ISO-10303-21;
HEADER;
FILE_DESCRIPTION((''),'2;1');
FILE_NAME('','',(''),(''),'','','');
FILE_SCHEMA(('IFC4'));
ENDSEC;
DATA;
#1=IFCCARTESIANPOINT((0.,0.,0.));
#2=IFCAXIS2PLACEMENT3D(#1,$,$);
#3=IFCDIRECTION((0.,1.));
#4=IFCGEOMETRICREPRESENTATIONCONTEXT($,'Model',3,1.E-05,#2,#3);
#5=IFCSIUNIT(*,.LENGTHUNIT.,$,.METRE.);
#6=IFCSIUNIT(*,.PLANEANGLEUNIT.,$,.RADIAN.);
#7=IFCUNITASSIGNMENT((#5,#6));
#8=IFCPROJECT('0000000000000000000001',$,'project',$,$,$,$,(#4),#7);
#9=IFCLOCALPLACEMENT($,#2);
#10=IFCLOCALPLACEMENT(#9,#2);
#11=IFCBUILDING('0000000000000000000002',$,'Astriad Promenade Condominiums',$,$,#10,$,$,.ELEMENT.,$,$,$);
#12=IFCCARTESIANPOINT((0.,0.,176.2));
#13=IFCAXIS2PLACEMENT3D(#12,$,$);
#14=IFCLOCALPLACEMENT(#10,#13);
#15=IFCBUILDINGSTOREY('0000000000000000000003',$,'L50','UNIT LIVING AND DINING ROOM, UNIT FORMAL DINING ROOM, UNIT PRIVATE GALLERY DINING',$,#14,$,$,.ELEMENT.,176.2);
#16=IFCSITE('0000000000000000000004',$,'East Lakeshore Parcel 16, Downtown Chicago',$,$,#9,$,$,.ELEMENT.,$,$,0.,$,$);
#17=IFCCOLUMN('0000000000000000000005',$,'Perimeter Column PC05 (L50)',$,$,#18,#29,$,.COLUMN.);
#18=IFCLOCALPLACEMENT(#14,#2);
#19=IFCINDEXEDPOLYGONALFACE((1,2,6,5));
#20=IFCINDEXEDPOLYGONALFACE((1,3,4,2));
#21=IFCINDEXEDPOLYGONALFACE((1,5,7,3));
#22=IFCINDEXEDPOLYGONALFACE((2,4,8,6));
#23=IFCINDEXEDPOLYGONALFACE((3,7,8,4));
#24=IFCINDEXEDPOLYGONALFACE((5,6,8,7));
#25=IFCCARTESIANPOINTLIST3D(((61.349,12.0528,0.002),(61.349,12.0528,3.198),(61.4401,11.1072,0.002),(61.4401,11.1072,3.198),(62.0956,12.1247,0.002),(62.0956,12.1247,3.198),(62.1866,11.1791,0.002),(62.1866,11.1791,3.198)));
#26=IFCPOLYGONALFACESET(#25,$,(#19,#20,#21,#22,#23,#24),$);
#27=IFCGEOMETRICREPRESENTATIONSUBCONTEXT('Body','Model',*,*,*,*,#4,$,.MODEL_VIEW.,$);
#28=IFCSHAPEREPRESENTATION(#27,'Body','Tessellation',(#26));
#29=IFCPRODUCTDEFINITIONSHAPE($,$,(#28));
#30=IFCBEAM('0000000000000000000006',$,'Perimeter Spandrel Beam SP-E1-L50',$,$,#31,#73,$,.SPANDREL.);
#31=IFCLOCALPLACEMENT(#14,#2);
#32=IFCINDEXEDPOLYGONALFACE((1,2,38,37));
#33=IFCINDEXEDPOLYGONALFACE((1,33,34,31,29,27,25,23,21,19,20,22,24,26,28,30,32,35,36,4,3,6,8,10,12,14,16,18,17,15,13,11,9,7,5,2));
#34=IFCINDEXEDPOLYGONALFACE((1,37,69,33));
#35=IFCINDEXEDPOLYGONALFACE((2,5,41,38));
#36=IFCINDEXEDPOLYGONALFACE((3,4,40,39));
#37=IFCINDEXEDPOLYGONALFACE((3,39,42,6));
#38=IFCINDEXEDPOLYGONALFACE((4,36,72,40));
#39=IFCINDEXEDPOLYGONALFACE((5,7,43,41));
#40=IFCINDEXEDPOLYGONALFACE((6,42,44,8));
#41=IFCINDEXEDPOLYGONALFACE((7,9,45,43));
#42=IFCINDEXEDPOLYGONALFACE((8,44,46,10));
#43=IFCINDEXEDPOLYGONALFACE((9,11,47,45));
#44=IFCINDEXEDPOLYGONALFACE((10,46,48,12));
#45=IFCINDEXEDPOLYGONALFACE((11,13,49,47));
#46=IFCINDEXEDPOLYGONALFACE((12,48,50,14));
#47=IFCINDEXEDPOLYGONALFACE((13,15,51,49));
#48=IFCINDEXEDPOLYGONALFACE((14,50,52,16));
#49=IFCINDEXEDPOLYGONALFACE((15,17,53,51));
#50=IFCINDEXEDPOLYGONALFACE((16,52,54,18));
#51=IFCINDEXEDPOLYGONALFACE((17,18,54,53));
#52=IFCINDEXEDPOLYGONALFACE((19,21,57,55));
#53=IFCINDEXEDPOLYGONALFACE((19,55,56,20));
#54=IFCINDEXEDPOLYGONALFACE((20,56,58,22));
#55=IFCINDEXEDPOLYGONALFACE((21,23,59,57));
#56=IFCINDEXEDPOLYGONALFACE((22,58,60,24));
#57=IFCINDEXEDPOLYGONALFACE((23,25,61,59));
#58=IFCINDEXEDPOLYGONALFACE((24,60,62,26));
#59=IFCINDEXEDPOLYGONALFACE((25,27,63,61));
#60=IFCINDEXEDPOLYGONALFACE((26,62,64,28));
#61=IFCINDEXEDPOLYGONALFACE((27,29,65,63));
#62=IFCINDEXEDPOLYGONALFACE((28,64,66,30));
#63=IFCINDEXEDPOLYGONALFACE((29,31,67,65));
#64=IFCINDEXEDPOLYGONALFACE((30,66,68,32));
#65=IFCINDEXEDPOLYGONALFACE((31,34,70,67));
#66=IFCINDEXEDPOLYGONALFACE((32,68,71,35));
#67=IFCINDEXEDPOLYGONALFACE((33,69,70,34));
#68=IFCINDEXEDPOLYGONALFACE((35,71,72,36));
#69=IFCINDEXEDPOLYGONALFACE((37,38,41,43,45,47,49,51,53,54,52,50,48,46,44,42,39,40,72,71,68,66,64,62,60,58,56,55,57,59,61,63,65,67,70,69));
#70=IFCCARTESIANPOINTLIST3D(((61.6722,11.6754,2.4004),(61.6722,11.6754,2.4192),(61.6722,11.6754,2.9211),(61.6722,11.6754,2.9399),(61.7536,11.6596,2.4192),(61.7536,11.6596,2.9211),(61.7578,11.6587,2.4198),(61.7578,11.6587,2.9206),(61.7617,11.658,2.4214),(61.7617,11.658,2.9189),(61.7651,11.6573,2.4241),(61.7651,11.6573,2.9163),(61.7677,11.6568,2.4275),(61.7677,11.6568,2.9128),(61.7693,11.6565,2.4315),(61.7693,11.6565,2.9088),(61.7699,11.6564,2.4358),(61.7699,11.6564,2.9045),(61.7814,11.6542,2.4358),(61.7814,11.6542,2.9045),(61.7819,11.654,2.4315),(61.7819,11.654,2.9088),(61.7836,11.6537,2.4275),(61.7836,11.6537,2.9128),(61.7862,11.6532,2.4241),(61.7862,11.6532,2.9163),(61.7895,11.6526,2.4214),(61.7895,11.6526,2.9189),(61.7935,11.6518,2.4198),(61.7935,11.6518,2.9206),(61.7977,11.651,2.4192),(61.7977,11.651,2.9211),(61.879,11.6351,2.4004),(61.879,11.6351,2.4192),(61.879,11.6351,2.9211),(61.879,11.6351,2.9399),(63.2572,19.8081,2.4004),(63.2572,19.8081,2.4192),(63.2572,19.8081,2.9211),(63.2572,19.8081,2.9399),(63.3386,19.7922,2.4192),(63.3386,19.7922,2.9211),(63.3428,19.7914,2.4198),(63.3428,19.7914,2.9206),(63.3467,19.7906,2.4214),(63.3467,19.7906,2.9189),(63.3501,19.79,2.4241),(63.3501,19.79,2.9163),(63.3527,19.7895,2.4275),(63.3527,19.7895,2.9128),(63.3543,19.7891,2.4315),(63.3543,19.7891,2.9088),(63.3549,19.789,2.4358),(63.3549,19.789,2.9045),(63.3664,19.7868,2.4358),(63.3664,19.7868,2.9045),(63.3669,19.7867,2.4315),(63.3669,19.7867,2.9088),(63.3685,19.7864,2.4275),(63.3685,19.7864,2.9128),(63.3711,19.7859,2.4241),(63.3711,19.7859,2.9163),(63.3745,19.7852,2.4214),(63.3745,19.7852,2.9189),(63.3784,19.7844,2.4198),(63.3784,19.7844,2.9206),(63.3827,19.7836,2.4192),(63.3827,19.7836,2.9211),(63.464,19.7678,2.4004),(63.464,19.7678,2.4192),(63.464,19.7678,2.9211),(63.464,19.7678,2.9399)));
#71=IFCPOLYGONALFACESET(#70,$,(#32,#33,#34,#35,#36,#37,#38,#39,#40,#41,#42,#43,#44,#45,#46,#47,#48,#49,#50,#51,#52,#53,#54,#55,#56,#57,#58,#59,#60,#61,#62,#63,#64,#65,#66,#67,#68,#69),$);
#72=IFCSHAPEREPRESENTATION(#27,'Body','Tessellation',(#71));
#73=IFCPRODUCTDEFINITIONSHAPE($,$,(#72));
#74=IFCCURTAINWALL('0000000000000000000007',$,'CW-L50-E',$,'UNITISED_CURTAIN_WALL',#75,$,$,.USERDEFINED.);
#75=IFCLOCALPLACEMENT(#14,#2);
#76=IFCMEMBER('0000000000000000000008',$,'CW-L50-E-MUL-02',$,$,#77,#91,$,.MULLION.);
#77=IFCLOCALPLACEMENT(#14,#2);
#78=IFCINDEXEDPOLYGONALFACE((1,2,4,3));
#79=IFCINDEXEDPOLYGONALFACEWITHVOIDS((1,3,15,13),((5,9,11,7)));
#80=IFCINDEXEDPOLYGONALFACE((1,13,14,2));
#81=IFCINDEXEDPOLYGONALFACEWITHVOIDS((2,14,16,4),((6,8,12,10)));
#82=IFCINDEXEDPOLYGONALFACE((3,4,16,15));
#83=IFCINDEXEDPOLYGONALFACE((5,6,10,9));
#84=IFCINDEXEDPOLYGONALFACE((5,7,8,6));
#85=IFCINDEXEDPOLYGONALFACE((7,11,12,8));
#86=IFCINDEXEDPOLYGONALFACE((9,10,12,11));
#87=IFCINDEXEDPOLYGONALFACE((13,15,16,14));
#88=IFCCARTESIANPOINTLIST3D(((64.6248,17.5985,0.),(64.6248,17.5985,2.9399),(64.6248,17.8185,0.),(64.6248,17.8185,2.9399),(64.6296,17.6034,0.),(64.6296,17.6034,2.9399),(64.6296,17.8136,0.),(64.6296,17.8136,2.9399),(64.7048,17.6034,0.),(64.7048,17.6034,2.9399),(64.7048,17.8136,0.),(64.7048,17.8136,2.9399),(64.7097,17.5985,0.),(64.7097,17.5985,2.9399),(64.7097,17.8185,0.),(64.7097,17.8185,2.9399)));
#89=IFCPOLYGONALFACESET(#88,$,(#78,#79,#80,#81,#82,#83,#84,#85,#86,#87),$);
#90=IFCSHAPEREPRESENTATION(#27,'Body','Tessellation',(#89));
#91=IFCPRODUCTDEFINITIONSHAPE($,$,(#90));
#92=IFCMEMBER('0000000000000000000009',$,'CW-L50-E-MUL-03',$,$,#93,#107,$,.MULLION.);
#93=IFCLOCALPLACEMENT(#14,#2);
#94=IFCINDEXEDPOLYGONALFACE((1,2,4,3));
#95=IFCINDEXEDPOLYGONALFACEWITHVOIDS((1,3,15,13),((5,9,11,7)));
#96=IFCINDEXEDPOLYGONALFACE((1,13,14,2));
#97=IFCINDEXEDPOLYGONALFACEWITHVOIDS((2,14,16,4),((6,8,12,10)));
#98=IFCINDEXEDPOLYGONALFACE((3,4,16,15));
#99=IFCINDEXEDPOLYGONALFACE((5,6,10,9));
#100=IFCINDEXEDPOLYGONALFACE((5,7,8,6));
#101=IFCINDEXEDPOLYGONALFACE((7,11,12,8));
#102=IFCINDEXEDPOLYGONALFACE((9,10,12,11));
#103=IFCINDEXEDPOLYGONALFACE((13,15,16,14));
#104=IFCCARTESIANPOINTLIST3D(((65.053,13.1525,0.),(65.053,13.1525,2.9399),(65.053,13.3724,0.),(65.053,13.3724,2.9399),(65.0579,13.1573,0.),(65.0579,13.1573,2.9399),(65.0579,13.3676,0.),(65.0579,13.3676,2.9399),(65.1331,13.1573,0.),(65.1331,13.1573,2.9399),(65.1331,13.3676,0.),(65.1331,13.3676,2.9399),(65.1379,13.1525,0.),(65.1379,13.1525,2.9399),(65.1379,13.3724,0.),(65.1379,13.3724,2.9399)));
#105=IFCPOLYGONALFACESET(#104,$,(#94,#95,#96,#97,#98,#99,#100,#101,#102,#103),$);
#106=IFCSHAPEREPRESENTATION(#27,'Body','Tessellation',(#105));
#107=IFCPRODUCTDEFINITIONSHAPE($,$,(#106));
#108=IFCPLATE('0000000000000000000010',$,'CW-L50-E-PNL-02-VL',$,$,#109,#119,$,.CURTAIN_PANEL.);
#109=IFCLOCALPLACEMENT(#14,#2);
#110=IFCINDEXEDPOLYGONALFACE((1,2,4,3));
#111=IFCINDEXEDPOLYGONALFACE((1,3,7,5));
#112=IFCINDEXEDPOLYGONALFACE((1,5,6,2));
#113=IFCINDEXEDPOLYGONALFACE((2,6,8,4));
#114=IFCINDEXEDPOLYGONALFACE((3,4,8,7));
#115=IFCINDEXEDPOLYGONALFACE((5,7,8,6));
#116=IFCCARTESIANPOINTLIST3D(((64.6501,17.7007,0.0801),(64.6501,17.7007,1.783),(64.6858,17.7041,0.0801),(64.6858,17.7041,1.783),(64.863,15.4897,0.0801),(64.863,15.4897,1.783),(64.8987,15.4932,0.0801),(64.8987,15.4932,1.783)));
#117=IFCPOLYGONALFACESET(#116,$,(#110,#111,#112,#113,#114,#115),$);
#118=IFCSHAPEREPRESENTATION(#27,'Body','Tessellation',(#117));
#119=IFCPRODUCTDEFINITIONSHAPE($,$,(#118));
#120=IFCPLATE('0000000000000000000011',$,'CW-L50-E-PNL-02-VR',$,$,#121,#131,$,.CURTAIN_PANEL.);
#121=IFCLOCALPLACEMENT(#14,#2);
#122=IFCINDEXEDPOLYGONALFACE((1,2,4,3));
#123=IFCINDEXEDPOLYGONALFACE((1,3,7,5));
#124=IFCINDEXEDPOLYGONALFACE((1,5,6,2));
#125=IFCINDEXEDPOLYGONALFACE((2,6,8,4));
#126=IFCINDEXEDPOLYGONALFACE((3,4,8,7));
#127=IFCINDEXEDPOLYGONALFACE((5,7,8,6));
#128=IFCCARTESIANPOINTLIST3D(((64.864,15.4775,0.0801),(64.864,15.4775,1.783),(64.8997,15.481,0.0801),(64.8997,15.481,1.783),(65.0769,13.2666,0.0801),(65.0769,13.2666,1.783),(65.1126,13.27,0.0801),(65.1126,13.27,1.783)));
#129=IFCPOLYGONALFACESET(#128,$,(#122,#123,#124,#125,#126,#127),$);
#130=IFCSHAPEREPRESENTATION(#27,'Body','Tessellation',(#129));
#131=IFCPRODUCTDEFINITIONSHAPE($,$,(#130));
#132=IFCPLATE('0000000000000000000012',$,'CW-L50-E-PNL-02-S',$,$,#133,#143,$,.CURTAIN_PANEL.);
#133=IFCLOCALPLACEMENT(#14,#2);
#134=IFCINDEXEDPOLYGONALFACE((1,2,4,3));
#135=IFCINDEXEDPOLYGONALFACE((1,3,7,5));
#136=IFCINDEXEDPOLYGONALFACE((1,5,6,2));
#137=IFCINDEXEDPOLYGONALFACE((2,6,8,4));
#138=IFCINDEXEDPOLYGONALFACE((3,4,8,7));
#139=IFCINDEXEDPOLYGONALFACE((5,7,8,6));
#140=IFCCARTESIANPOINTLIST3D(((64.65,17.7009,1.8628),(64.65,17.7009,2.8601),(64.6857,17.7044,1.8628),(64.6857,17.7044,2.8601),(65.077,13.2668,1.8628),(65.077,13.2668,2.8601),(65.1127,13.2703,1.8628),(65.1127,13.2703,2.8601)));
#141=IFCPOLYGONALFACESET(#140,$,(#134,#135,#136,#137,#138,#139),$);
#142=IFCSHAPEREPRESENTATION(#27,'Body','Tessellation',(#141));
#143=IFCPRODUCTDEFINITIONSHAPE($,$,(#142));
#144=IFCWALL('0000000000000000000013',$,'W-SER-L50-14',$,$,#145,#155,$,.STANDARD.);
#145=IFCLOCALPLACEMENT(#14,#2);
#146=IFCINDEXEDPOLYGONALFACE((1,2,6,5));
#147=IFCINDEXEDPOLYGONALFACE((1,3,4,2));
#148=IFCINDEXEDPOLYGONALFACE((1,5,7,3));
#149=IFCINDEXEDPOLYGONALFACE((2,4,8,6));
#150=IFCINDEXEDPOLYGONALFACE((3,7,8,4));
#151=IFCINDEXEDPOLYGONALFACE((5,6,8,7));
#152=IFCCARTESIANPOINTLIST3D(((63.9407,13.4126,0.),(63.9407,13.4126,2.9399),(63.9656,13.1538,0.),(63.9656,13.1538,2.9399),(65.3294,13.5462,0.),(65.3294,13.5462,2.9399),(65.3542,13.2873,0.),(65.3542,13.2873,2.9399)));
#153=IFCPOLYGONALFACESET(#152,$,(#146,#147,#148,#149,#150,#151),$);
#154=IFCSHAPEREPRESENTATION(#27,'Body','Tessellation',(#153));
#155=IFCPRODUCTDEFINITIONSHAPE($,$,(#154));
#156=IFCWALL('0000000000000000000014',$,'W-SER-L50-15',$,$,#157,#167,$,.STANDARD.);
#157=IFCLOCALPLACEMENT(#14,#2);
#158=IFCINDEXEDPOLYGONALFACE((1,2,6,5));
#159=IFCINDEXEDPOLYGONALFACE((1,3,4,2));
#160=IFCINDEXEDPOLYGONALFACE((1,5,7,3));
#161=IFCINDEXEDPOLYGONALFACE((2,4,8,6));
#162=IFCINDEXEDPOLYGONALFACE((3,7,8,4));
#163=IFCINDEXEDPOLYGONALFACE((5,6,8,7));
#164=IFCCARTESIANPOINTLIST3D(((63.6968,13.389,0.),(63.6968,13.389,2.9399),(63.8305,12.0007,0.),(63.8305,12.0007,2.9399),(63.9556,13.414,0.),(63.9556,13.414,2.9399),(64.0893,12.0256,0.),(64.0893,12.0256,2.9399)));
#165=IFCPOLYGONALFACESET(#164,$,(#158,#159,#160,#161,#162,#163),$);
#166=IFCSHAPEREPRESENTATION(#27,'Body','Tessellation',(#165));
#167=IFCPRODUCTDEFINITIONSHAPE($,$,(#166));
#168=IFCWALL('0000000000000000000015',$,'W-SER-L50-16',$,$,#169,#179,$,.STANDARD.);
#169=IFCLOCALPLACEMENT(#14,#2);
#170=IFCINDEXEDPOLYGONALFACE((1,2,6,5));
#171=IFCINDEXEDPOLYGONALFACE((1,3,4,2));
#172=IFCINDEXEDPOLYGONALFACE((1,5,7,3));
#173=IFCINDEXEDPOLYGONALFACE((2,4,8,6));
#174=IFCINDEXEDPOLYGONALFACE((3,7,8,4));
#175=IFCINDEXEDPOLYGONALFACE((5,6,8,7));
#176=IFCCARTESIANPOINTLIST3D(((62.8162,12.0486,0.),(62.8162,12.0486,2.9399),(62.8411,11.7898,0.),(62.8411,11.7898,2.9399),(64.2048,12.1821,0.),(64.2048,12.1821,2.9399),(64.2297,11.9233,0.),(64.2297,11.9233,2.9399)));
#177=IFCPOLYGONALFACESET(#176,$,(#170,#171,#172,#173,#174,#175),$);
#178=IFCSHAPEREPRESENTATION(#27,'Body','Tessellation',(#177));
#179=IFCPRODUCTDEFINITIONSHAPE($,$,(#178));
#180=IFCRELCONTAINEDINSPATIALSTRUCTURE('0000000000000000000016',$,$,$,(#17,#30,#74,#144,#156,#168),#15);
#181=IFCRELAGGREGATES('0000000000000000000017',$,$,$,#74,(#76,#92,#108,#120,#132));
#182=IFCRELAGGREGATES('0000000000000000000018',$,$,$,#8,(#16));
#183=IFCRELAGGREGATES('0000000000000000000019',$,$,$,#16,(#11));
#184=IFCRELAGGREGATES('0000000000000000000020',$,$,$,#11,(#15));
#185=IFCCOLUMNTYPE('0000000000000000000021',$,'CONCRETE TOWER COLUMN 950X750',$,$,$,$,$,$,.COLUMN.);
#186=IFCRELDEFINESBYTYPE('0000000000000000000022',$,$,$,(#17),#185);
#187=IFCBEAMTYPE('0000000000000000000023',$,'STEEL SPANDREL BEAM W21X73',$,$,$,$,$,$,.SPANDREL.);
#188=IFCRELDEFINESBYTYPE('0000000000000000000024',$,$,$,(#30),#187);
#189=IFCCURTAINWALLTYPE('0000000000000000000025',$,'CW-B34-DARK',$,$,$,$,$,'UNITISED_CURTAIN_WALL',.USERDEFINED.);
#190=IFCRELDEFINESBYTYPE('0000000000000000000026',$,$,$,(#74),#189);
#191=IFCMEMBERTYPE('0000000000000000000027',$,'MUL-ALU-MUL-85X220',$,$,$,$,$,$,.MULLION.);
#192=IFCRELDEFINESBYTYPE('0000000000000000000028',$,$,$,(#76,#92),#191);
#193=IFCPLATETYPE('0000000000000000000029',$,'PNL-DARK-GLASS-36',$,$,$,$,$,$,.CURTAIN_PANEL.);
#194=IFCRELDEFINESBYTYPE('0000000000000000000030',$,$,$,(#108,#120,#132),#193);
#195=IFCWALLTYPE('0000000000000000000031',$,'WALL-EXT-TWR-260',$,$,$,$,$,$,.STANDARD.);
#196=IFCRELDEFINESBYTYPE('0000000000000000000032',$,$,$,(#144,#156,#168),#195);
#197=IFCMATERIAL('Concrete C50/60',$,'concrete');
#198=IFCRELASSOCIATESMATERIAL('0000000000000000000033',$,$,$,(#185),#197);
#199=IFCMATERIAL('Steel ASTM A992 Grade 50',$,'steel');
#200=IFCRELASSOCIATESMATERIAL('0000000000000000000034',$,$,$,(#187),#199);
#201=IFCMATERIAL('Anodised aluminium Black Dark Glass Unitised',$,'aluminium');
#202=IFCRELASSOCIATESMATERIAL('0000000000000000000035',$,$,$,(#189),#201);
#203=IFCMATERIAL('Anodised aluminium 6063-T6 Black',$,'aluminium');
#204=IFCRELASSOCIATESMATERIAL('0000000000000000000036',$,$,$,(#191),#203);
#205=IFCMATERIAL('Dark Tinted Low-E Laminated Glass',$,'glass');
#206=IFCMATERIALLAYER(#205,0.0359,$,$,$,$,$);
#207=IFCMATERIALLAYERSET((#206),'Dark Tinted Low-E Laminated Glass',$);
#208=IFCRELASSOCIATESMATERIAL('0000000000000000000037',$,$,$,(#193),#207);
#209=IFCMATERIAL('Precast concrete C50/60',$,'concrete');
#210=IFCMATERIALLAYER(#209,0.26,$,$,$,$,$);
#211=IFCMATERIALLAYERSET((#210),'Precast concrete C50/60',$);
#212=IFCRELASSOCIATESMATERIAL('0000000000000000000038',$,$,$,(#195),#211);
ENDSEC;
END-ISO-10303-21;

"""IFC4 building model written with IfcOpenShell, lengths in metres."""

from ifc_helpers import new_model, si_unit, direction, frame, frame_2d, origin, origin_2d, place, context, subcontext, project, spatial, rectangle, hollow_rectangle, i_section, extrude, source, transform, mapped, material, layer, layer_set, material_profile, profile_set, type_object, type_shapes, element, aggregate, save


model = new_model("IFC4")

# Units and contexts
model_context = context("Model", 3, precision=1e-05, world=origin(), true_north=direction((0.0, 1.0)))
body_context = subcontext(model_context, "Body", "Model", "MODEL_VIEW")
ifc_project = project(units=[si_unit("LENGTHUNIT", "METRE"), si_unit("PLANEANGLEUNIT", "RADIAN")], contexts=[model_context])

# Site, building, storey
site_placement = place(None, origin())
site = spatial("IfcSite", under=ifc_project, at=site_placement, Name="East Lakeshore Parcel 16, Downtown Chicago", CompositionType="ELEMENT", RefElevation=0.0)
building_placement = place(site_placement, origin())
building = spatial("IfcBuilding", under=site, at=building_placement, Name="Astriad Promenade Condominiums", CompositionType="ELEMENT")
storey_placement = place(building_placement, frame((0.0, 0.0, 176.2)))
storey = spatial("IfcBuildingStorey", under=building, at=storey_placement, Name="L50", Description="UNIT LIVING AND DINING ROOM, UNIT FORMAL DINING ROOM, UNIT PRIVATE GALLERY DINING", CompositionType="ELEMENT", Elevation=176.2)

# Column
ifc_material_1 = material(Name="Concrete C50/60", Category="concrete")
ifc_material_profile_1 = material_profile(ifc_material_1, rectangle(XDim=0.75, YDim=0.95, at=origin_2d()), Name="RC-COL-950X750")
ifc_profile_set_1 = profile_set([ifc_material_profile_1], Name="Concrete C50/60")
column_type = type_object("IfcColumnType", Name="CONCRETE TOWER COLUMN 950X750", PredefinedType="COLUMN", material=ifc_profile_set_1)
shared_shape_1 = source(origin(), body_context, "Body", "SweptSolid", [
    extrude(rectangle(XDim=0.75, YDim=0.95, at=origin_2d()), origin(), (0.0, 0.0, 1.0), 3.196),
])
type_shapes(column_type, [shared_shape_1])
column_placement = place(storey_placement, frame((61.7678, 11.616, 0.002), z_axis=(0.0, 0.0, 1.0), x_axis=(0.995396, 0.095846, 0.0)))
element("IfcColumn", 1, at=column_placement, inside=storey, type_object=column_type, Name="Perimeter Column PC05 (L50)", PredefinedType="COLUMN", context=body_context, shape_type="MappedRepresentation", body=[
    mapped(shared_shape_1, transform((0.0, 0.0, 0.0), scale=1.0)),
])

# Beam
ifc_material_2 = material(Name="Steel ASTM A992 Grade 50", Category="steel")
ifc_material_profile_2 = material_profile(ifc_material_2, i_section(OverallWidth=0.2107, OverallDepth=0.5396, WebThickness=0.0117, FlangeThickness=0.0188, FilletRadius=0.0166, at=origin_2d()), Name="W21X73")
ifc_profile_set_2 = profile_set([ifc_material_profile_2], Name="Steel ASTM A992 Grade 50")
beam_type = type_object("IfcBeamType", Name="STEEL SPANDREL BEAM W21X73", PredefinedType="SPANDREL", material=ifc_profile_set_2)
shared_shape_2 = source(origin(), body_context, "Body", "SweptSolid", [
    extrude(i_section(OverallWidth=0.2107, OverallDepth=0.5396, WebThickness=0.0117, FlangeThickness=0.0188, FilletRadius=0.0166, at=origin_2d()), origin(), (0.0, 0.0, 1.0), 8.2856),
])
type_shapes(beam_type, [shared_shape_2])
beam_placement = place(storey_placement, frame((61.7756, 11.6553, 2.6702), z_axis=(0.191292, 0.981533, 0.0), x_axis=(-0.981533, 0.191292, 0.0)))
element("IfcBeam", 2, at=beam_placement, inside=storey, type_object=beam_type, Name="Perimeter Spandrel Beam SP-E1-L50", PredefinedType="SPANDREL", context=body_context, shape_type="MappedRepresentation", body=[
    mapped(shared_shape_2, transform((0.0, 0.0, 0.0), scale=1.0)),
])

# Curtain wall, members, plates
ifc_material_3 = material(Name="Anodised aluminium Black Dark Glass Unitised", Category="aluminium")
curtain_wall_type = type_object("IfcCurtainWallType", Name="CW-B34-DARK", ElementType="UNITISED_CURTAIN_WALL", PredefinedType="USERDEFINED", material=ifc_material_3)
curtain_wall_placement = place(storey_placement, origin())
curtain_wall = element("IfcCurtainWall", 3, at=curtain_wall_placement, inside=storey, type_object=curtain_wall_type, Name="CW-L50-E", ObjectType="UNITISED_CURTAIN_WALL", PredefinedType="USERDEFINED")
ifc_material_4 = material(Name="Anodised aluminium 6063-T6 Black", Category="aluminium")
ifc_material_profile_3 = material_profile(ifc_material_4, hollow_rectangle(XDim=0.085, YDim=0.22, WallThickness=0.0049, at=origin_2d()), Name="ALU-MUL-85X220")
ifc_profile_set_3 = profile_set([ifc_material_profile_3], Name="Anodised aluminium 6063-T6 Black")
member_type = type_object("IfcMemberType", Name="MUL-ALU-MUL-85X220", PredefinedType="MULLION", material=ifc_profile_set_3)
shared_shape_3 = source(origin(), body_context, "Body", "SweptSolid", [
    extrude(hollow_rectangle(XDim=0.085, YDim=0.22, WallThickness=0.0049, at=origin_2d()), origin(), (0.0, 0.0, 1.0), 2.9399),
])
type_shapes(member_type, [shared_shape_3])
member_1_placement = place(storey_placement, frame((64.6672, 17.7085, 0.0), z_axis=(0.0, 0.0, 1.0), x_axis=(1.0, 0.0, 0.0)))
member_1 = element("IfcMember", 4, at=member_1_placement, type_object=member_type, Name="CW-L50-E-MUL-02", PredefinedType="MULLION", context=body_context, shape_type="MappedRepresentation", body=[
    mapped(shared_shape_3, transform((0.0, 0.0, 0.0), scale=1.0)),
])
member_2_placement = place(storey_placement, frame((65.0955, 13.2625, 0.0), z_axis=(0.0, 0.0, 1.0), x_axis=(1.0, 0.0, 0.0)))
member_2 = element("IfcMember", 5, at=member_2_placement, type_object=member_type, Name="CW-L50-E-MUL-03", PredefinedType="MULLION", context=body_context, shape_type="MappedRepresentation", body=[
    mapped(shared_shape_3, transform((0.0, 0.0, 0.0), scale=1.0)),
])
ifc_material_5 = material(Name="Dark Tinted Low-E Laminated Glass", Category="glass")
ifc_layer_1 = layer(ifc_material_5, 0.0359)
ifc_layer_set_1 = layer_set([ifc_layer_1], Name="Dark Tinted Low-E Laminated Glass")
plate_type = type_object("IfcPlateType", Name="PNL-DARK-GLASS-36", PredefinedType="CURTAIN_PANEL", material=ifc_layer_set_1)
shared_shape_4 = source(origin(), body_context, "Body", "SweptSolid", [
    extrude(rectangle(XDim=2.2212, YDim=0.0359, at=origin_2d()), origin(), (0.0, 0.0, 1.0), 1.7029),
])
plate_1_placement = place(storey_placement, frame((64.7744, 16.5969, 0.0801), z_axis=(0.0, 0.0, 1.0), x_axis=(0.095846, -0.995396, 0.0)))
plate_1 = element("IfcPlate", 6, at=plate_1_placement, type_object=plate_type, Name="CW-L50-E-PNL-02-VL", PredefinedType="CURTAIN_PANEL", context=body_context, shape_type="MappedRepresentation", body=[
    mapped(shared_shape_4, transform((0.0, 0.0, 0.0), scale=1.0)),
])
plate_2_placement = place(storey_placement, frame((64.9883, 14.3738, 0.0801), z_axis=(0.0, 0.0, 1.0), x_axis=(0.095846, -0.995396, 0.0)))
plate_2 = element("IfcPlate", 7, at=plate_2_placement, type_object=plate_type, Name="CW-L50-E-PNL-02-VR", PredefinedType="CURTAIN_PANEL", context=body_context, shape_type="MappedRepresentation", body=[
    mapped(shared_shape_4, transform((0.0, 0.0, 0.0), scale=1.0)),
])
shared_shape_5 = source(origin(), body_context, "Body", "SweptSolid", [
    extrude(rectangle(XDim=4.4546, YDim=0.0359, at=origin_2d()), origin(), (0.0, 0.0, 1.0), 0.9973),
])
type_shapes(plate_type, [shared_shape_4, shared_shape_5])
plate_3_placement = place(storey_placement, frame((64.8813, 15.4856, 1.8628), z_axis=(0.0, 0.0, 1.0), x_axis=(0.095846, -0.995396, 0.0)))
plate_3 = element("IfcPlate", 8, at=plate_3_placement, type_object=plate_type, Name="CW-L50-E-PNL-02-S", PredefinedType="CURTAIN_PANEL", context=body_context, shape_type="MappedRepresentation", body=[
    mapped(shared_shape_5, transform((0.0, 0.0, 0.0), scale=1.0)),
])
aggregate(curtain_wall, [member_1, member_2, plate_1, plate_2, plate_3])

# Walls
ifc_material_6 = material(Name="Precast concrete C50/60", Category="concrete")
ifc_layer_2 = layer(ifc_material_6, 0.26)
ifc_layer_set_2 = layer_set([ifc_layer_2], Name="Precast concrete C50/60")
wall_type_1 = type_object("IfcWallType", Name="WALL-EXT-TWR-260", PredefinedType="STANDARD", material=ifc_layer_set_2)
wall_1_placement = place(storey_placement, frame((65.3418, 13.4167, 0.0), z_axis=(0.0, 0.0, 1.0), x_axis=(-0.995408, -0.095726, 0.0)))
element("IfcWall", 9, at=wall_1_placement, inside=storey, type_object=wall_type_1, Name="W-SER-L50-14", PredefinedType="STANDARD", context=body_context, shape_type="SweptSolid", body=[
    extrude(rectangle(XDim=1.395, YDim=0.26, at=frame_2d((0.6975, 0.0))), origin(), (0.0, 0.0, 1.0), 2.9399),
])
wall_2_placement = place(storey_placement, frame((63.8262, 13.4014, 0.0), z_axis=(0.0, 0.0, 1.0), x_axis=(0.095916, -0.995389, 0.0)))
element("IfcWall", 10, at=wall_2_placement, inside=storey, type_object=wall_type_1, Name="W-SER-L50-15", PredefinedType="STANDARD", context=body_context, shape_type="SweptSolid", body=[
    extrude(rectangle(XDim=1.3948, YDim=0.26, at=frame_2d((0.6973, 0.0))), origin(), (0.0, 0.0, 1.0), 2.9399),
])
for number, where, z_axis, x_axis, name in (
    (11, (64.2173, 12.0527, 0.0), (0.0, 0.0, 1.0), (-0.995408, -0.095726, 0.0), "W-SER-L50-16"),
):
    element("IfcWall", number, at=place(storey_placement, frame(where, z_axis=z_axis, x_axis=x_axis)), inside=storey, type_object=wall_type_1, Name=name, PredefinedType="STANDARD", context=body_context, shape_type="SweptSolid", body=[
        extrude(rectangle(XDim=1.395, YDim=0.26, at=frame_2d((0.6975, 0.0))), origin(), (0.0, 0.0, 1.0), 2.9399),
    ])

save(model, "model.ifc")
